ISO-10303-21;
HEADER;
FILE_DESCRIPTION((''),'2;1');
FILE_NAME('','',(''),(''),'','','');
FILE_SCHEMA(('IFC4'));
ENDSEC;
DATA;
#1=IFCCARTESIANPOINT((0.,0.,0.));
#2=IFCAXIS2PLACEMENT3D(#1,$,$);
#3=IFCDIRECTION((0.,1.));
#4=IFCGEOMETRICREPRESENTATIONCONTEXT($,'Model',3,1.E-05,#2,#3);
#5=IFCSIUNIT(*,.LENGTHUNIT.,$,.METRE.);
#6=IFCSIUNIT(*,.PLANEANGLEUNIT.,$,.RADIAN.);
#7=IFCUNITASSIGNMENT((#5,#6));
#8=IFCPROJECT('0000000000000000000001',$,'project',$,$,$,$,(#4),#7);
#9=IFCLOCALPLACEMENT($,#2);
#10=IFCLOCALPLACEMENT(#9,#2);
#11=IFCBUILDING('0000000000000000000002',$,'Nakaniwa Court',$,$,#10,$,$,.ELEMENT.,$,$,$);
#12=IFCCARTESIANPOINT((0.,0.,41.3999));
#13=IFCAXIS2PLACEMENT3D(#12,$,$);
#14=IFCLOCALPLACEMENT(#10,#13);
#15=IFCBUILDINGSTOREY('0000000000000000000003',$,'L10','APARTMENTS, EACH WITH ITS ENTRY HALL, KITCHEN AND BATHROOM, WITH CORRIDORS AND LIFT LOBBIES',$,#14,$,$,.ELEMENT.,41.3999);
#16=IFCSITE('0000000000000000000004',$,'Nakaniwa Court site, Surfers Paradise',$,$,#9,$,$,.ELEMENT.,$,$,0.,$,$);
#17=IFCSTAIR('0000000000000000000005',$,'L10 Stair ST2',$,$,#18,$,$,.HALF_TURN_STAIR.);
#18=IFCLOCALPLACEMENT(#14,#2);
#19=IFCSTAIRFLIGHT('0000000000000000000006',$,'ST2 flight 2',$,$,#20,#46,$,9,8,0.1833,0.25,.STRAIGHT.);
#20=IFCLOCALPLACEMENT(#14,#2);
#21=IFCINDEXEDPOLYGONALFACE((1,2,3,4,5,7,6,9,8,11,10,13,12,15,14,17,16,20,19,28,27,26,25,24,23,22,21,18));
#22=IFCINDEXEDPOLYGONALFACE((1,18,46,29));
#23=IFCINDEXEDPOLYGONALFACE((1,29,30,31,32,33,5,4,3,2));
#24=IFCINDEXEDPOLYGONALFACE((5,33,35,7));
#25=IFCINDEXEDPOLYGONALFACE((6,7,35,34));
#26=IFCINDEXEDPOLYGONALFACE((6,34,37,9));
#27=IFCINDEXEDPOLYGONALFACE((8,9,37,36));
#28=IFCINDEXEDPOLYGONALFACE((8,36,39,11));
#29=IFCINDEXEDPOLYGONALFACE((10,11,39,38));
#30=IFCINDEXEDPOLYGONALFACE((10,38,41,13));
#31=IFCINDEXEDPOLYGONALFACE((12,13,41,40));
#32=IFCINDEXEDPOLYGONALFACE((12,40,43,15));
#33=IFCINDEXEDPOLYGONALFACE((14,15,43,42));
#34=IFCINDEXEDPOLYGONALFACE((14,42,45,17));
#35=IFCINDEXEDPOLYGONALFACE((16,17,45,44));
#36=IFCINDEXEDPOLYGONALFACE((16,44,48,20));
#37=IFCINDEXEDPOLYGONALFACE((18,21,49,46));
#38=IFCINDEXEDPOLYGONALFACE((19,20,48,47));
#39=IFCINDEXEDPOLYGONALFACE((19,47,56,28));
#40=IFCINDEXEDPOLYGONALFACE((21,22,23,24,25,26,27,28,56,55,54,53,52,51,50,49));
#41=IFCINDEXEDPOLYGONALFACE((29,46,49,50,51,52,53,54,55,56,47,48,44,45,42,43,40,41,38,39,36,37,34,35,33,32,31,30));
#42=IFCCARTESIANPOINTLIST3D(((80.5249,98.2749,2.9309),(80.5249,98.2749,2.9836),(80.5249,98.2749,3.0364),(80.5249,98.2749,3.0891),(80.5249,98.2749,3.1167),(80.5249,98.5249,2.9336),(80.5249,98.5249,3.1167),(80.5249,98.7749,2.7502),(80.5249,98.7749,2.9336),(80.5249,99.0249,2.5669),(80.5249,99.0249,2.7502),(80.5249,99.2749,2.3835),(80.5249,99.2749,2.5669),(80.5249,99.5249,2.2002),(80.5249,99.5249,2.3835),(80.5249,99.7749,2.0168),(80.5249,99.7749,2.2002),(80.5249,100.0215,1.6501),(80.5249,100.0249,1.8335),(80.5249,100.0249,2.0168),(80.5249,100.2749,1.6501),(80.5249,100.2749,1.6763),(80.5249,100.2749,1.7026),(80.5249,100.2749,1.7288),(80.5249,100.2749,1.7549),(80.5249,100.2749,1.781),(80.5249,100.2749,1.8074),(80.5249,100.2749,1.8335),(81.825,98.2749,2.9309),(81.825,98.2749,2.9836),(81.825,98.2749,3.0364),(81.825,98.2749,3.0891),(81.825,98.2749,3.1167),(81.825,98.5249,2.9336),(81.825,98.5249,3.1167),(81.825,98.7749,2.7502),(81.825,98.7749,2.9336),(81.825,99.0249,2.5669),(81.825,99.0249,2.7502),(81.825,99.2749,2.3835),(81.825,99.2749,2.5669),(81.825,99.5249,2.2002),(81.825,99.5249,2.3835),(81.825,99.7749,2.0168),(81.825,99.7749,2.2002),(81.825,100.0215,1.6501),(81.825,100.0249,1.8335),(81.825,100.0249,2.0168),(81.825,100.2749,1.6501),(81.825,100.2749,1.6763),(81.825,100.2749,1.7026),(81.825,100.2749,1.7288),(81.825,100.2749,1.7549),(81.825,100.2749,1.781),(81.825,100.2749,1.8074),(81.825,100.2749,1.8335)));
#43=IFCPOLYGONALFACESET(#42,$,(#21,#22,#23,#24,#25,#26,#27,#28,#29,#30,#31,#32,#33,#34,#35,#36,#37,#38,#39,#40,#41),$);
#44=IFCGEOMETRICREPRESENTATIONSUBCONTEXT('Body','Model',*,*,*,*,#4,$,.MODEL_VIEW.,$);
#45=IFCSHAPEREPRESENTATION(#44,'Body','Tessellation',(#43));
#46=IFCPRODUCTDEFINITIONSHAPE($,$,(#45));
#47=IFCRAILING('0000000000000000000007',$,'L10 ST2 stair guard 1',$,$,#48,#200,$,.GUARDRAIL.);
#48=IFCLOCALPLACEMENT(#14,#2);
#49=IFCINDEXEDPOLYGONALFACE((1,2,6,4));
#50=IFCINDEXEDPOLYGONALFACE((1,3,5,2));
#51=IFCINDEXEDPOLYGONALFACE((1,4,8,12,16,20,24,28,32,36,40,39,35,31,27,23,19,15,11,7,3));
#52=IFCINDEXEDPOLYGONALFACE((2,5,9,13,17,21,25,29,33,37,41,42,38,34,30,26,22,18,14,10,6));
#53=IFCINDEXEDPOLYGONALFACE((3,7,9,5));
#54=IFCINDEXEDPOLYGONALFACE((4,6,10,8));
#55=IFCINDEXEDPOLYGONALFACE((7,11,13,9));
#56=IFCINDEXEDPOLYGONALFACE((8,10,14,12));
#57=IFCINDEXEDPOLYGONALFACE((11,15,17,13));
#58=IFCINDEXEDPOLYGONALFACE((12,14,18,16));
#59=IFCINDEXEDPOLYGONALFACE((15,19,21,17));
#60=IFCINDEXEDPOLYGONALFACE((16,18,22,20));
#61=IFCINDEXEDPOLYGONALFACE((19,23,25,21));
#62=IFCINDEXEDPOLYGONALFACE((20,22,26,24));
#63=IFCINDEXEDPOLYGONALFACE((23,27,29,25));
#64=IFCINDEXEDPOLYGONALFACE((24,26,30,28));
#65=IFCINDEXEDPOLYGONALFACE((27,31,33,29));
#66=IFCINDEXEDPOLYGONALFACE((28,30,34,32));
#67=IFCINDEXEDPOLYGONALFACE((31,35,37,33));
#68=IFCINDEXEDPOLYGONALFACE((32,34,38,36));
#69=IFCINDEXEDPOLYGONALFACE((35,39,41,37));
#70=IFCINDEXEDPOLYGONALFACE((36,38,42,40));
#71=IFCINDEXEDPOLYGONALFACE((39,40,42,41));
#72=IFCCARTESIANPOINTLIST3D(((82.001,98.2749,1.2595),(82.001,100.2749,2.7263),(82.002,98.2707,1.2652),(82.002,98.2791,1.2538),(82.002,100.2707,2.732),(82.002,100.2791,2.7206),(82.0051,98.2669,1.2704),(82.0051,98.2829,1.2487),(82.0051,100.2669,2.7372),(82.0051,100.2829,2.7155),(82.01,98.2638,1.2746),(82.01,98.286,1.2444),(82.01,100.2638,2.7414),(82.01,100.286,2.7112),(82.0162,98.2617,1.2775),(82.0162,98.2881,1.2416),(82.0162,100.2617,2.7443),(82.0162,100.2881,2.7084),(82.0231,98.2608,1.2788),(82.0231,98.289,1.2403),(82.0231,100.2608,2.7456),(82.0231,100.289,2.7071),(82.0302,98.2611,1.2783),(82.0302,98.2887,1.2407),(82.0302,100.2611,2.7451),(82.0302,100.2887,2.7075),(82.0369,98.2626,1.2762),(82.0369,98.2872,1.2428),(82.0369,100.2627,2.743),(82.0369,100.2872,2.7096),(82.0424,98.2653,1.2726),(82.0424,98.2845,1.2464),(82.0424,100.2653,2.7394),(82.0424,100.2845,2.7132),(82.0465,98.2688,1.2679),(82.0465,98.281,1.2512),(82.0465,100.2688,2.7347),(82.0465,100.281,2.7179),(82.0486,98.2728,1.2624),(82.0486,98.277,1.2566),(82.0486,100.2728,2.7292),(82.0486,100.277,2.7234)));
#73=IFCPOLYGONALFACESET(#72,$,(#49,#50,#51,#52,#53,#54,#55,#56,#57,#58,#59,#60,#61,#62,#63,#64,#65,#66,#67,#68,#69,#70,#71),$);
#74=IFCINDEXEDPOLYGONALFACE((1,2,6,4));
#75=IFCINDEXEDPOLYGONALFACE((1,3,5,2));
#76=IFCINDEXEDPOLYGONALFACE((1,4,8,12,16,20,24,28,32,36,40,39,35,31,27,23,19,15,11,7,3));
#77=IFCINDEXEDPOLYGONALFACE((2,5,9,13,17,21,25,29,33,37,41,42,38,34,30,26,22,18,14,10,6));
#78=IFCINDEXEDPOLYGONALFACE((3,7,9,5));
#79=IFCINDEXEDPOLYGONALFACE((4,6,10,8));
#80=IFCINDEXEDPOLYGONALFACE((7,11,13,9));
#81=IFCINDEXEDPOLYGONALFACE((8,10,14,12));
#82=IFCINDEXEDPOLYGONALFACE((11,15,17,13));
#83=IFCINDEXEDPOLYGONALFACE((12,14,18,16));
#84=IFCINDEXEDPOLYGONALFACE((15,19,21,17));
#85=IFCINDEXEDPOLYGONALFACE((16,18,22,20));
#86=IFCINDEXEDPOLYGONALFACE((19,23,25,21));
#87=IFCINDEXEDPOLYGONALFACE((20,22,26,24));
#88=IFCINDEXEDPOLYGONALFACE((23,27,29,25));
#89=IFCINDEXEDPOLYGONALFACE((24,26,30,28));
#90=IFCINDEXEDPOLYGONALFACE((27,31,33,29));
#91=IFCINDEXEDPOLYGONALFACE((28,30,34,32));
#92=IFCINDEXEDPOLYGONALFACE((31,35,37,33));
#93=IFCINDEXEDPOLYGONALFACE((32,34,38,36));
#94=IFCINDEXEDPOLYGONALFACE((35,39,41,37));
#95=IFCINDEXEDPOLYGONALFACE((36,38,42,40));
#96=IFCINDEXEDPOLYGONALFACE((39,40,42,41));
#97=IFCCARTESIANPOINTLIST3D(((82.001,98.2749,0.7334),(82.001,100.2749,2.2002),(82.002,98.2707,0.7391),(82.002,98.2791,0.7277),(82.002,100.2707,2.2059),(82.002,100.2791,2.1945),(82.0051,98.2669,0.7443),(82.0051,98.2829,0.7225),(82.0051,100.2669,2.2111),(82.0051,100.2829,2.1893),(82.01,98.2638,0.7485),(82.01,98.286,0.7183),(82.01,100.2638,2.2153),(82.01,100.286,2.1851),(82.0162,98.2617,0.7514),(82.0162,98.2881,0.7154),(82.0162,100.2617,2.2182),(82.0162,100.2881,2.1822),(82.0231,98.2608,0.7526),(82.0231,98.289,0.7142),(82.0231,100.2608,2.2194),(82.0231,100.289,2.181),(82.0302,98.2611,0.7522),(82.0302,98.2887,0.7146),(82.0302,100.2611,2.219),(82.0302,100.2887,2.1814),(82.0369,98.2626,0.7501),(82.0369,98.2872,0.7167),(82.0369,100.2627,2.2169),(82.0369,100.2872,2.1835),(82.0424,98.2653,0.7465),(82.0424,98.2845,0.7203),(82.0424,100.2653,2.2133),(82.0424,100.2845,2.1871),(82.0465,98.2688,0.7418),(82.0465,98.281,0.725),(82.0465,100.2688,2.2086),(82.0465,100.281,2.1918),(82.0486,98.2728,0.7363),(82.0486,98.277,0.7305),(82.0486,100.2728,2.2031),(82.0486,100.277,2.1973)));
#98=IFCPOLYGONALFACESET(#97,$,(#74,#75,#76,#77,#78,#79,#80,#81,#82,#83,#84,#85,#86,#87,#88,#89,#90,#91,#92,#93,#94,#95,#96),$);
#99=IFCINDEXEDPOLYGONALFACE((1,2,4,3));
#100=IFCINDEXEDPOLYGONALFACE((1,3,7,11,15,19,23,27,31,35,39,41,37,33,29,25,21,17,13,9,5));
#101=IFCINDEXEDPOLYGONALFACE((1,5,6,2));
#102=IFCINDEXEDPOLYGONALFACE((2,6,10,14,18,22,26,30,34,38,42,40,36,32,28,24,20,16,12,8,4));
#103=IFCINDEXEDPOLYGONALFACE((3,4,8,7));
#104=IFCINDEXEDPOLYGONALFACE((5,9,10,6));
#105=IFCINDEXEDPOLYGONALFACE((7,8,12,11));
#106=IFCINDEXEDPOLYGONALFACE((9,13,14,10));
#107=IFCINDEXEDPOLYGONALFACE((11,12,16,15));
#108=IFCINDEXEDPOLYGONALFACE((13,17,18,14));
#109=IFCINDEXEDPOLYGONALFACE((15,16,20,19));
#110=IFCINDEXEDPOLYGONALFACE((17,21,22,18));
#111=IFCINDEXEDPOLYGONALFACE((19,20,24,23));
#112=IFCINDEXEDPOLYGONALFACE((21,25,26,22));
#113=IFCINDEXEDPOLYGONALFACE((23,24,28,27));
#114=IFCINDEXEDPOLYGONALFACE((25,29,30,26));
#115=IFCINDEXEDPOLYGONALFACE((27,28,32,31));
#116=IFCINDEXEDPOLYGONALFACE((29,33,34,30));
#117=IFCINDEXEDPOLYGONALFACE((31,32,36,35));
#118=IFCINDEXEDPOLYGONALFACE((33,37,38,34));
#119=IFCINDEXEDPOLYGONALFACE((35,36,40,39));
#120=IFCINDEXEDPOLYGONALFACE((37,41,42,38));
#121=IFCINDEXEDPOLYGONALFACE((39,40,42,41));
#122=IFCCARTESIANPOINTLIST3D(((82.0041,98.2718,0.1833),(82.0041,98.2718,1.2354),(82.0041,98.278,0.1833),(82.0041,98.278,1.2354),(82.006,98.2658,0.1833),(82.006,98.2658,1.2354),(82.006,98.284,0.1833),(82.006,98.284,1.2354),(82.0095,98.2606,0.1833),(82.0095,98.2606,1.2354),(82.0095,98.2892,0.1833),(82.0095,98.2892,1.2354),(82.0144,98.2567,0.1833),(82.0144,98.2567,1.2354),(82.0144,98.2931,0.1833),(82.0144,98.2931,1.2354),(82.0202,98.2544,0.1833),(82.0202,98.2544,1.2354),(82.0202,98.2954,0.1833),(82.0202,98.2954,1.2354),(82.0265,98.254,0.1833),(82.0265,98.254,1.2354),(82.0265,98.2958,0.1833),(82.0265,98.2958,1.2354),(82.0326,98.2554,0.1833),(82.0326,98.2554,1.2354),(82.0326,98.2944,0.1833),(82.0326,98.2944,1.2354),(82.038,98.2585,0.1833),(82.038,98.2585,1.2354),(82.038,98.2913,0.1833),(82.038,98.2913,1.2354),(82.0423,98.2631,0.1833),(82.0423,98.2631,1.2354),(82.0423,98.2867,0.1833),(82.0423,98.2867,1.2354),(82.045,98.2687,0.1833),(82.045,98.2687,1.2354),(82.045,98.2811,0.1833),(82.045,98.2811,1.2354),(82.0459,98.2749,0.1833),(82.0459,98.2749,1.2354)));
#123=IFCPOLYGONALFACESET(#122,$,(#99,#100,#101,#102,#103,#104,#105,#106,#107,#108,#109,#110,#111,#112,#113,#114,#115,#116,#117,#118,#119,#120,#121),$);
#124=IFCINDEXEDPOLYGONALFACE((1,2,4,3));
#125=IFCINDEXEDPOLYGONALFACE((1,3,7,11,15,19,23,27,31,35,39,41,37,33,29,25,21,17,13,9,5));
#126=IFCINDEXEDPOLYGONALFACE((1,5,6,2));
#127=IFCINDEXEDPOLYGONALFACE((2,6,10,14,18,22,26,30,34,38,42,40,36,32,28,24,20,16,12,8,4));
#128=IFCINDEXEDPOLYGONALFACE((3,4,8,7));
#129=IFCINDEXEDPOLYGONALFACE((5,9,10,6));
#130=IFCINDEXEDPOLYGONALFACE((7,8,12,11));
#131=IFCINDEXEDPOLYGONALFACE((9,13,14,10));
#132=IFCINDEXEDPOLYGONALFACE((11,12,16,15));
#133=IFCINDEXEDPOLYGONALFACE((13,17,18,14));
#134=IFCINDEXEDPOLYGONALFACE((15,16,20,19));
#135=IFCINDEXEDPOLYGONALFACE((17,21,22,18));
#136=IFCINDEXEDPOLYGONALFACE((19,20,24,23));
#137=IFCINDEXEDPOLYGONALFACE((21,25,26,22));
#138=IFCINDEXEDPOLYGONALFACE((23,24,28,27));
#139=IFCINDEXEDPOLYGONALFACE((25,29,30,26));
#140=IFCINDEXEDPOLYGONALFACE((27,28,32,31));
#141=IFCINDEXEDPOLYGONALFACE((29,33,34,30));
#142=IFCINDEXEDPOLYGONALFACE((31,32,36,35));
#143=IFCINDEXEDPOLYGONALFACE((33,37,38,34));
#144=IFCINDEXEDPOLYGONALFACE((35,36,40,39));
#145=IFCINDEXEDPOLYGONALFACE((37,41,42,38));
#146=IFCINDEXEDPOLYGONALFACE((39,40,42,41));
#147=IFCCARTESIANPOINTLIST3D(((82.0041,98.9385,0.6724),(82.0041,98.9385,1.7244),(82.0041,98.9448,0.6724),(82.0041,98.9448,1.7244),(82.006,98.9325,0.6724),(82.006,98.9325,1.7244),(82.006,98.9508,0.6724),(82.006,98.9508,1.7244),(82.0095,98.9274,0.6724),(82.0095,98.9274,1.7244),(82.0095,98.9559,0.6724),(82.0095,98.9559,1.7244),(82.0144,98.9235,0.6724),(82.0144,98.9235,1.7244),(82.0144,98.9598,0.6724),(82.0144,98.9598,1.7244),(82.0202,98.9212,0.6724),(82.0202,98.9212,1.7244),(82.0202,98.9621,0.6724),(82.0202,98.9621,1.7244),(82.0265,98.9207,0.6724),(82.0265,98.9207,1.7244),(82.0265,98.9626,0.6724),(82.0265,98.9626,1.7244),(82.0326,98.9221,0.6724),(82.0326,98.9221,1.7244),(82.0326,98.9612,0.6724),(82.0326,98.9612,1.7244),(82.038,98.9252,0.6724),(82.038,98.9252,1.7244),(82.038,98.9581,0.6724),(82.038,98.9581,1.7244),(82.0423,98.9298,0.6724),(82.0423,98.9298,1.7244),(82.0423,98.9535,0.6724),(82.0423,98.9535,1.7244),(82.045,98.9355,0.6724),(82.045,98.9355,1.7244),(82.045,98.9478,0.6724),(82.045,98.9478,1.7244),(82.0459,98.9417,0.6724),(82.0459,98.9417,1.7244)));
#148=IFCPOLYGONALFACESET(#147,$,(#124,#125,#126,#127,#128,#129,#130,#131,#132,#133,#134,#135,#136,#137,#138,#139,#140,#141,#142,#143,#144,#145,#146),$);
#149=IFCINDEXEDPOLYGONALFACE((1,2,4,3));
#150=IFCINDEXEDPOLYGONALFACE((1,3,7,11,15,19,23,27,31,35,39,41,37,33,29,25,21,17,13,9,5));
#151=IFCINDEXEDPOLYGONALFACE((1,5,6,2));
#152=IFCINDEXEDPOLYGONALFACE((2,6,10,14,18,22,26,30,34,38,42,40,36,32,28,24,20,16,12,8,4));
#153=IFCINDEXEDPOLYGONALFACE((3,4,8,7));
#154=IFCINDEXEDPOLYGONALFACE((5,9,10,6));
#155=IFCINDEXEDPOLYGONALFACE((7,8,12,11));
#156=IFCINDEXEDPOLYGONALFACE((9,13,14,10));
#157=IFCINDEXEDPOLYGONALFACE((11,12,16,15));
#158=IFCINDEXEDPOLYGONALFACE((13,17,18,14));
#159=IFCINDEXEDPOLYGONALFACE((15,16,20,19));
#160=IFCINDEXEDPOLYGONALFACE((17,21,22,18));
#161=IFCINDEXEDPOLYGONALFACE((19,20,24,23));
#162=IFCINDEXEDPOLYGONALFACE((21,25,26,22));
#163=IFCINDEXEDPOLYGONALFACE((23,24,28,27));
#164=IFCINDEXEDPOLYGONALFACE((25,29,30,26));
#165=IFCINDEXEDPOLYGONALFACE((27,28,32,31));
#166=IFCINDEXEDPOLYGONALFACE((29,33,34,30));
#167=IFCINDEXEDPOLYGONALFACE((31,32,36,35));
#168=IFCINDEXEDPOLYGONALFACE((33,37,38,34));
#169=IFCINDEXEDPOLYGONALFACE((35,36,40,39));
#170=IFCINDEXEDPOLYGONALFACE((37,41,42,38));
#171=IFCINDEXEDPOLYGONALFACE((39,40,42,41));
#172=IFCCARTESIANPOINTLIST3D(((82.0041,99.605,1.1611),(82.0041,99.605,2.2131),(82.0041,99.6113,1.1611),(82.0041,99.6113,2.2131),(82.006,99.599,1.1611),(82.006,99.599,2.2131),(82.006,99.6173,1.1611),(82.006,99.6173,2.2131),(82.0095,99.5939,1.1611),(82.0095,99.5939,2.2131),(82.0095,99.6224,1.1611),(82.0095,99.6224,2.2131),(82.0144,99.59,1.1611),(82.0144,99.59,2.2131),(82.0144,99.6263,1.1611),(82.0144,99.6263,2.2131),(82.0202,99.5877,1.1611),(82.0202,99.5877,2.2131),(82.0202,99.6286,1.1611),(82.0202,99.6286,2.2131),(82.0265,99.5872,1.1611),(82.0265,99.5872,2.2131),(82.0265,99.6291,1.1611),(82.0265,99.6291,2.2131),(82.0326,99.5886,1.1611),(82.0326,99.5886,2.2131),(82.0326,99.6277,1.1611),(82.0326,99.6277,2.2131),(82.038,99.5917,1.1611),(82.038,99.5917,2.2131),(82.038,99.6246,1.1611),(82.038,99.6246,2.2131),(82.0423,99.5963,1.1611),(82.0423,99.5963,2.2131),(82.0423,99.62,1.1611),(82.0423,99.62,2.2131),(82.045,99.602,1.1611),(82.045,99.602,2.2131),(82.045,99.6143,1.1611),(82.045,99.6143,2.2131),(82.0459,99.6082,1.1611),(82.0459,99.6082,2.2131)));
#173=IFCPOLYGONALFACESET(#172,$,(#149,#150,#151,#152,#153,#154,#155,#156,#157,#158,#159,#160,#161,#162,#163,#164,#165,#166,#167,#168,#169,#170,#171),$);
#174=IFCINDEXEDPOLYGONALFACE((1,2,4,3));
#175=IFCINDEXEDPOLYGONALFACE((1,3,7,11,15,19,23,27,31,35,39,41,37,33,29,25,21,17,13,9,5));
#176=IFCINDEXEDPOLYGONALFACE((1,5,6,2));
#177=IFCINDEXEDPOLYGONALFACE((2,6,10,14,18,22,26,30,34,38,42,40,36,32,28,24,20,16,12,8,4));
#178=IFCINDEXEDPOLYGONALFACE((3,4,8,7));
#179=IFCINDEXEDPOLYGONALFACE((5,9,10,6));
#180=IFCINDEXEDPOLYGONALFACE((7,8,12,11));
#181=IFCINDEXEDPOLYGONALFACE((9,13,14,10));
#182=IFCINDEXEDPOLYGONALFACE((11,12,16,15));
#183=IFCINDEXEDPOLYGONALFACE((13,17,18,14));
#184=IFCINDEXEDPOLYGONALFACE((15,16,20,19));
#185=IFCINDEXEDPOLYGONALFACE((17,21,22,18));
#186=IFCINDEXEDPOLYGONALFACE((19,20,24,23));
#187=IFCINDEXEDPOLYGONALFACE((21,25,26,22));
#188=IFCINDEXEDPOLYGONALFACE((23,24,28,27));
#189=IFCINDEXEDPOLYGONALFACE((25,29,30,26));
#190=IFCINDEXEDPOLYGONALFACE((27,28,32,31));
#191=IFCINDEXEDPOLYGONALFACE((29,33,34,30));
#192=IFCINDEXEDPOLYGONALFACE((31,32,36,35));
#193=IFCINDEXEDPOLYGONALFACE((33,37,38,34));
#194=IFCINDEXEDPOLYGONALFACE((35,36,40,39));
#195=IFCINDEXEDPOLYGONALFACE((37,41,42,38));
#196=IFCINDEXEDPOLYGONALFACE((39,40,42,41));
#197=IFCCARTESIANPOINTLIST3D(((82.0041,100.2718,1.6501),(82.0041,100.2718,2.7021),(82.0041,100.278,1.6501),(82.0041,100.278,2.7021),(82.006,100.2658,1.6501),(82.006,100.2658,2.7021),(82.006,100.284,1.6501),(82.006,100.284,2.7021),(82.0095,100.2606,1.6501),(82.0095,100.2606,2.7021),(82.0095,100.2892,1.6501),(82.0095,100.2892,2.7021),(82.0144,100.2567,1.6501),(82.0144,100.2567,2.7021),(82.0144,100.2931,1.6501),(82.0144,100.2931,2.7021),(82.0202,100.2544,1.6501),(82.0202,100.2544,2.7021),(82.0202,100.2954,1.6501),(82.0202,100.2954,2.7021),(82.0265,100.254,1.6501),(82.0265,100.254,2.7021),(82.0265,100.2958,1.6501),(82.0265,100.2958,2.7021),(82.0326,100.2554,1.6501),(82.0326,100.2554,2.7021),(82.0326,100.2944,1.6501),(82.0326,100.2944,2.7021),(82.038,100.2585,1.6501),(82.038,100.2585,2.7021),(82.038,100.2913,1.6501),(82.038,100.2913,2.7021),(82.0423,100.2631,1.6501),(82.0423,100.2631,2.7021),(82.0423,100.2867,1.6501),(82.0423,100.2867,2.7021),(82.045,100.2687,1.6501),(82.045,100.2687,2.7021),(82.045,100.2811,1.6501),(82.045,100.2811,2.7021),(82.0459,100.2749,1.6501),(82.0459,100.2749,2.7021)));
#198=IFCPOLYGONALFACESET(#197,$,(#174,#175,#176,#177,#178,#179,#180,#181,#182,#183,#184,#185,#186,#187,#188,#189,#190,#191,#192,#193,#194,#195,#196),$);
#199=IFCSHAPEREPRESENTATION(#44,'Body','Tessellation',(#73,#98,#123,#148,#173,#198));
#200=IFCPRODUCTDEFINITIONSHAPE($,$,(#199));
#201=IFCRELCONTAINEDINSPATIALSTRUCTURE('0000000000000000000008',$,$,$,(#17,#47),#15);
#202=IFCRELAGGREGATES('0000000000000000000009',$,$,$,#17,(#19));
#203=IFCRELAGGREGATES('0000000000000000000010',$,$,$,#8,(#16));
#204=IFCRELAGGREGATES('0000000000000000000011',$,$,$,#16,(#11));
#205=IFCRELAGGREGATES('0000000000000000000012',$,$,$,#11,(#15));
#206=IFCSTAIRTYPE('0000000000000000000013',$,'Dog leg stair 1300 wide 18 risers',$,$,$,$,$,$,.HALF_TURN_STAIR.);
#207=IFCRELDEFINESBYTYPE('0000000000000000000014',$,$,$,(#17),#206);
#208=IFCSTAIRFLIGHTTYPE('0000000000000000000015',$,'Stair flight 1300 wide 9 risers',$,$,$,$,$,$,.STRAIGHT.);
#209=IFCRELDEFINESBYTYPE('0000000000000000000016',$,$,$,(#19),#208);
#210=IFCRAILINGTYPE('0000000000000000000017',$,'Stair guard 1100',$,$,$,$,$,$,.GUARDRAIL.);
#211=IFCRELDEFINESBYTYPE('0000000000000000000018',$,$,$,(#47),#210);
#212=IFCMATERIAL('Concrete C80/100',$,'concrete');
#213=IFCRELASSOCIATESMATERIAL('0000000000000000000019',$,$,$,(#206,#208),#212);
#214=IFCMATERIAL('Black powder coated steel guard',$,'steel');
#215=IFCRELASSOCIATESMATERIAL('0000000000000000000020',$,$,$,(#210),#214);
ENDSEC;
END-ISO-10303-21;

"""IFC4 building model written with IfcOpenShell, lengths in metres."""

from ifc_helpers import new_model, si_unit, direction, frame, origin, origin_2d, place, context, subcontext, project, spatial, polyline, circle, outline, extrude, material, type_object, element, aggregate, save


model = new_model("IFC4")

# Units and contexts
model_context = context("Model", 3, precision=1e-05, world=origin(), true_north=direction((0.0, 1.0)))
body_context = subcontext(model_context, "Body", "Model", "MODEL_VIEW")
ifc_project = project(units=[si_unit("LENGTHUNIT", "METRE"), si_unit("PLANEANGLEUNIT", "RADIAN")], contexts=[model_context])

# Site, building, storey
site_placement = place(None, origin())
site = spatial("IfcSite", under=ifc_project, at=site_placement, Name="Nakaniwa Court site, Surfers Paradise", CompositionType="ELEMENT", RefElevation=0.0)
building_placement = place(site_placement, origin())
building = spatial("IfcBuilding", under=site, at=building_placement, Name="Nakaniwa Court", CompositionType="ELEMENT")
storey_placement = place(building_placement, frame((0.0, 0.0, 41.3999)))
storey = spatial("IfcBuildingStorey", under=building, at=storey_placement, Name="L10", Description="APARTMENTS, EACH WITH ITS ENTRY HALL, KITCHEN AND BATHROOM, WITH CORRIDORS AND LIFT LOBBIES", CompositionType="ELEMENT", Elevation=41.3999)

# Shared definitions
ifc_material_1 = material(Name="Concrete C80/100", Category="concrete")

# Stair, stair flight
stair_type = type_object("IfcStairType", Name="Dog leg stair 1300 wide 18 risers", PredefinedType="HALF_TURN_STAIR", material=ifc_material_1)
stair_placement = place(storey_placement, origin())
stair = element("IfcStair", 1, at=stair_placement, inside=storey, type_object=stair_type, Name="L10 Stair ST2", PredefinedType="HALF_TURN_STAIR")
stair_flight_type = type_object("IfcStairFlightType", Name="Stair flight 1300 wide 9 risers", PredefinedType="STRAIGHT", material=ifc_material_1)
stair_flight_1_placement = place(storey_placement, frame((81.175, 100.2749, 1.6501), z_axis=(0.0, 0.0, 1.0), x_axis=(0.0, -1.0, 0.0)))
stair_flight_1 = element("IfcStairFlight", 2, at=stair_flight_1_placement, type_object=stair_flight_type, Name="ST2 flight 2", NumberOfRisers=9, NumberOfTreads=8, PredefinedType="STRAIGHT", RiserHeight=0.1833, TreadLength=0.25, context=body_context, shape_type="SweptSolid", body=[
    extrude(outline(polyline([(0.0, 0.0), (0.0, 0.0261), (0.0, 0.0525), (0.0, 0.0786), (0.0, 0.1047), (0.0, 0.1309), (0.0, 0.1572), (0.0, 0.1833), (0.25, 0.1833), (0.25, 0.3667), (0.5, 0.3667), (0.5, 0.55), (0.75, 0.55), (0.75, 0.7334), (1.0, 0.7334), (1.0, 0.9167), (1.25, 0.9167), (1.25, 1.1001), (1.5, 1.1001), (1.5, 1.2834), (1.75, 1.2834), (1.75, 1.4666), (2.0, 1.4666), (2.0, 1.6499), (2.0, 1.5972), (2.0, 1.5444), (2.0, 1.4917), (2.0, 1.439), (2.0, 1.3862), (2.0, 1.3335), (2.0, 1.2808), (0.2534, 0.0), (0.0, 0.0)])), frame((0.0, 0.6499, 0.0), z_axis=(0.0, -1.0, 0.0), x_axis=(1.0, 0.0, 0.0)), (0.0, 0.0, 1.0), 1.3),
])
aggregate(stair, [stair_flight_1])

# Railing
ifc_material_2 = material(Name="Black powder coated steel guard", Category="steel")
railing_type_1 = type_object("IfcRailingType", Name="Stair guard 1100", PredefinedType="GUARDRAIL", material=ifc_material_2)
railing_1_placement = place(storey_placement, frame((82.0249, 98.2749, 0.1833)))
element("IfcRailing", 3, at=railing_1_placement, inside=storey, type_object=railing_type_1, Name="L10 ST2 stair guard 1", PredefinedType="GUARDRAIL", context=body_context, shape_type="SweptSolid", body=[
    extrude(circle(Radius=0.0239, at=origin_2d()), frame((0.0, 0.0, 1.0762), z_axis=(0.0, 0.80638, 0.591398), x_axis=(-1.0, 0.0, 0.0)), (0.0, 0.0, 1.0), 2.4802),
    extrude(circle(Radius=0.0239, at=origin_2d()), frame((0.0, 0.0, 0.55), z_axis=(0.0, 0.80638, 0.591398), x_axis=(-1.0, 0.0, 0.0)), (0.0, 0.0, 1.0), 2.4802),
    extrude(circle(Radius=0.021, at=origin_2d()), origin(), (0.0, 0.0, 1.0), 1.052),
    extrude(circle(Radius=0.021, at=origin_2d()), frame((0.0, 0.6667, 0.489)), (0.0, 0.0, 1.0), 1.052),
    extrude(circle(Radius=0.021, at=origin_2d()), frame((0.0, 1.3333, 0.9778)), (0.0, 0.0, 1.0), 1.052),
    extrude(circle(Radius=0.021, at=origin_2d()), frame((0.0, 2.0, 1.4668)), (0.0, 0.0, 1.0), 1.052),
])

save(model, "model.ifc")
